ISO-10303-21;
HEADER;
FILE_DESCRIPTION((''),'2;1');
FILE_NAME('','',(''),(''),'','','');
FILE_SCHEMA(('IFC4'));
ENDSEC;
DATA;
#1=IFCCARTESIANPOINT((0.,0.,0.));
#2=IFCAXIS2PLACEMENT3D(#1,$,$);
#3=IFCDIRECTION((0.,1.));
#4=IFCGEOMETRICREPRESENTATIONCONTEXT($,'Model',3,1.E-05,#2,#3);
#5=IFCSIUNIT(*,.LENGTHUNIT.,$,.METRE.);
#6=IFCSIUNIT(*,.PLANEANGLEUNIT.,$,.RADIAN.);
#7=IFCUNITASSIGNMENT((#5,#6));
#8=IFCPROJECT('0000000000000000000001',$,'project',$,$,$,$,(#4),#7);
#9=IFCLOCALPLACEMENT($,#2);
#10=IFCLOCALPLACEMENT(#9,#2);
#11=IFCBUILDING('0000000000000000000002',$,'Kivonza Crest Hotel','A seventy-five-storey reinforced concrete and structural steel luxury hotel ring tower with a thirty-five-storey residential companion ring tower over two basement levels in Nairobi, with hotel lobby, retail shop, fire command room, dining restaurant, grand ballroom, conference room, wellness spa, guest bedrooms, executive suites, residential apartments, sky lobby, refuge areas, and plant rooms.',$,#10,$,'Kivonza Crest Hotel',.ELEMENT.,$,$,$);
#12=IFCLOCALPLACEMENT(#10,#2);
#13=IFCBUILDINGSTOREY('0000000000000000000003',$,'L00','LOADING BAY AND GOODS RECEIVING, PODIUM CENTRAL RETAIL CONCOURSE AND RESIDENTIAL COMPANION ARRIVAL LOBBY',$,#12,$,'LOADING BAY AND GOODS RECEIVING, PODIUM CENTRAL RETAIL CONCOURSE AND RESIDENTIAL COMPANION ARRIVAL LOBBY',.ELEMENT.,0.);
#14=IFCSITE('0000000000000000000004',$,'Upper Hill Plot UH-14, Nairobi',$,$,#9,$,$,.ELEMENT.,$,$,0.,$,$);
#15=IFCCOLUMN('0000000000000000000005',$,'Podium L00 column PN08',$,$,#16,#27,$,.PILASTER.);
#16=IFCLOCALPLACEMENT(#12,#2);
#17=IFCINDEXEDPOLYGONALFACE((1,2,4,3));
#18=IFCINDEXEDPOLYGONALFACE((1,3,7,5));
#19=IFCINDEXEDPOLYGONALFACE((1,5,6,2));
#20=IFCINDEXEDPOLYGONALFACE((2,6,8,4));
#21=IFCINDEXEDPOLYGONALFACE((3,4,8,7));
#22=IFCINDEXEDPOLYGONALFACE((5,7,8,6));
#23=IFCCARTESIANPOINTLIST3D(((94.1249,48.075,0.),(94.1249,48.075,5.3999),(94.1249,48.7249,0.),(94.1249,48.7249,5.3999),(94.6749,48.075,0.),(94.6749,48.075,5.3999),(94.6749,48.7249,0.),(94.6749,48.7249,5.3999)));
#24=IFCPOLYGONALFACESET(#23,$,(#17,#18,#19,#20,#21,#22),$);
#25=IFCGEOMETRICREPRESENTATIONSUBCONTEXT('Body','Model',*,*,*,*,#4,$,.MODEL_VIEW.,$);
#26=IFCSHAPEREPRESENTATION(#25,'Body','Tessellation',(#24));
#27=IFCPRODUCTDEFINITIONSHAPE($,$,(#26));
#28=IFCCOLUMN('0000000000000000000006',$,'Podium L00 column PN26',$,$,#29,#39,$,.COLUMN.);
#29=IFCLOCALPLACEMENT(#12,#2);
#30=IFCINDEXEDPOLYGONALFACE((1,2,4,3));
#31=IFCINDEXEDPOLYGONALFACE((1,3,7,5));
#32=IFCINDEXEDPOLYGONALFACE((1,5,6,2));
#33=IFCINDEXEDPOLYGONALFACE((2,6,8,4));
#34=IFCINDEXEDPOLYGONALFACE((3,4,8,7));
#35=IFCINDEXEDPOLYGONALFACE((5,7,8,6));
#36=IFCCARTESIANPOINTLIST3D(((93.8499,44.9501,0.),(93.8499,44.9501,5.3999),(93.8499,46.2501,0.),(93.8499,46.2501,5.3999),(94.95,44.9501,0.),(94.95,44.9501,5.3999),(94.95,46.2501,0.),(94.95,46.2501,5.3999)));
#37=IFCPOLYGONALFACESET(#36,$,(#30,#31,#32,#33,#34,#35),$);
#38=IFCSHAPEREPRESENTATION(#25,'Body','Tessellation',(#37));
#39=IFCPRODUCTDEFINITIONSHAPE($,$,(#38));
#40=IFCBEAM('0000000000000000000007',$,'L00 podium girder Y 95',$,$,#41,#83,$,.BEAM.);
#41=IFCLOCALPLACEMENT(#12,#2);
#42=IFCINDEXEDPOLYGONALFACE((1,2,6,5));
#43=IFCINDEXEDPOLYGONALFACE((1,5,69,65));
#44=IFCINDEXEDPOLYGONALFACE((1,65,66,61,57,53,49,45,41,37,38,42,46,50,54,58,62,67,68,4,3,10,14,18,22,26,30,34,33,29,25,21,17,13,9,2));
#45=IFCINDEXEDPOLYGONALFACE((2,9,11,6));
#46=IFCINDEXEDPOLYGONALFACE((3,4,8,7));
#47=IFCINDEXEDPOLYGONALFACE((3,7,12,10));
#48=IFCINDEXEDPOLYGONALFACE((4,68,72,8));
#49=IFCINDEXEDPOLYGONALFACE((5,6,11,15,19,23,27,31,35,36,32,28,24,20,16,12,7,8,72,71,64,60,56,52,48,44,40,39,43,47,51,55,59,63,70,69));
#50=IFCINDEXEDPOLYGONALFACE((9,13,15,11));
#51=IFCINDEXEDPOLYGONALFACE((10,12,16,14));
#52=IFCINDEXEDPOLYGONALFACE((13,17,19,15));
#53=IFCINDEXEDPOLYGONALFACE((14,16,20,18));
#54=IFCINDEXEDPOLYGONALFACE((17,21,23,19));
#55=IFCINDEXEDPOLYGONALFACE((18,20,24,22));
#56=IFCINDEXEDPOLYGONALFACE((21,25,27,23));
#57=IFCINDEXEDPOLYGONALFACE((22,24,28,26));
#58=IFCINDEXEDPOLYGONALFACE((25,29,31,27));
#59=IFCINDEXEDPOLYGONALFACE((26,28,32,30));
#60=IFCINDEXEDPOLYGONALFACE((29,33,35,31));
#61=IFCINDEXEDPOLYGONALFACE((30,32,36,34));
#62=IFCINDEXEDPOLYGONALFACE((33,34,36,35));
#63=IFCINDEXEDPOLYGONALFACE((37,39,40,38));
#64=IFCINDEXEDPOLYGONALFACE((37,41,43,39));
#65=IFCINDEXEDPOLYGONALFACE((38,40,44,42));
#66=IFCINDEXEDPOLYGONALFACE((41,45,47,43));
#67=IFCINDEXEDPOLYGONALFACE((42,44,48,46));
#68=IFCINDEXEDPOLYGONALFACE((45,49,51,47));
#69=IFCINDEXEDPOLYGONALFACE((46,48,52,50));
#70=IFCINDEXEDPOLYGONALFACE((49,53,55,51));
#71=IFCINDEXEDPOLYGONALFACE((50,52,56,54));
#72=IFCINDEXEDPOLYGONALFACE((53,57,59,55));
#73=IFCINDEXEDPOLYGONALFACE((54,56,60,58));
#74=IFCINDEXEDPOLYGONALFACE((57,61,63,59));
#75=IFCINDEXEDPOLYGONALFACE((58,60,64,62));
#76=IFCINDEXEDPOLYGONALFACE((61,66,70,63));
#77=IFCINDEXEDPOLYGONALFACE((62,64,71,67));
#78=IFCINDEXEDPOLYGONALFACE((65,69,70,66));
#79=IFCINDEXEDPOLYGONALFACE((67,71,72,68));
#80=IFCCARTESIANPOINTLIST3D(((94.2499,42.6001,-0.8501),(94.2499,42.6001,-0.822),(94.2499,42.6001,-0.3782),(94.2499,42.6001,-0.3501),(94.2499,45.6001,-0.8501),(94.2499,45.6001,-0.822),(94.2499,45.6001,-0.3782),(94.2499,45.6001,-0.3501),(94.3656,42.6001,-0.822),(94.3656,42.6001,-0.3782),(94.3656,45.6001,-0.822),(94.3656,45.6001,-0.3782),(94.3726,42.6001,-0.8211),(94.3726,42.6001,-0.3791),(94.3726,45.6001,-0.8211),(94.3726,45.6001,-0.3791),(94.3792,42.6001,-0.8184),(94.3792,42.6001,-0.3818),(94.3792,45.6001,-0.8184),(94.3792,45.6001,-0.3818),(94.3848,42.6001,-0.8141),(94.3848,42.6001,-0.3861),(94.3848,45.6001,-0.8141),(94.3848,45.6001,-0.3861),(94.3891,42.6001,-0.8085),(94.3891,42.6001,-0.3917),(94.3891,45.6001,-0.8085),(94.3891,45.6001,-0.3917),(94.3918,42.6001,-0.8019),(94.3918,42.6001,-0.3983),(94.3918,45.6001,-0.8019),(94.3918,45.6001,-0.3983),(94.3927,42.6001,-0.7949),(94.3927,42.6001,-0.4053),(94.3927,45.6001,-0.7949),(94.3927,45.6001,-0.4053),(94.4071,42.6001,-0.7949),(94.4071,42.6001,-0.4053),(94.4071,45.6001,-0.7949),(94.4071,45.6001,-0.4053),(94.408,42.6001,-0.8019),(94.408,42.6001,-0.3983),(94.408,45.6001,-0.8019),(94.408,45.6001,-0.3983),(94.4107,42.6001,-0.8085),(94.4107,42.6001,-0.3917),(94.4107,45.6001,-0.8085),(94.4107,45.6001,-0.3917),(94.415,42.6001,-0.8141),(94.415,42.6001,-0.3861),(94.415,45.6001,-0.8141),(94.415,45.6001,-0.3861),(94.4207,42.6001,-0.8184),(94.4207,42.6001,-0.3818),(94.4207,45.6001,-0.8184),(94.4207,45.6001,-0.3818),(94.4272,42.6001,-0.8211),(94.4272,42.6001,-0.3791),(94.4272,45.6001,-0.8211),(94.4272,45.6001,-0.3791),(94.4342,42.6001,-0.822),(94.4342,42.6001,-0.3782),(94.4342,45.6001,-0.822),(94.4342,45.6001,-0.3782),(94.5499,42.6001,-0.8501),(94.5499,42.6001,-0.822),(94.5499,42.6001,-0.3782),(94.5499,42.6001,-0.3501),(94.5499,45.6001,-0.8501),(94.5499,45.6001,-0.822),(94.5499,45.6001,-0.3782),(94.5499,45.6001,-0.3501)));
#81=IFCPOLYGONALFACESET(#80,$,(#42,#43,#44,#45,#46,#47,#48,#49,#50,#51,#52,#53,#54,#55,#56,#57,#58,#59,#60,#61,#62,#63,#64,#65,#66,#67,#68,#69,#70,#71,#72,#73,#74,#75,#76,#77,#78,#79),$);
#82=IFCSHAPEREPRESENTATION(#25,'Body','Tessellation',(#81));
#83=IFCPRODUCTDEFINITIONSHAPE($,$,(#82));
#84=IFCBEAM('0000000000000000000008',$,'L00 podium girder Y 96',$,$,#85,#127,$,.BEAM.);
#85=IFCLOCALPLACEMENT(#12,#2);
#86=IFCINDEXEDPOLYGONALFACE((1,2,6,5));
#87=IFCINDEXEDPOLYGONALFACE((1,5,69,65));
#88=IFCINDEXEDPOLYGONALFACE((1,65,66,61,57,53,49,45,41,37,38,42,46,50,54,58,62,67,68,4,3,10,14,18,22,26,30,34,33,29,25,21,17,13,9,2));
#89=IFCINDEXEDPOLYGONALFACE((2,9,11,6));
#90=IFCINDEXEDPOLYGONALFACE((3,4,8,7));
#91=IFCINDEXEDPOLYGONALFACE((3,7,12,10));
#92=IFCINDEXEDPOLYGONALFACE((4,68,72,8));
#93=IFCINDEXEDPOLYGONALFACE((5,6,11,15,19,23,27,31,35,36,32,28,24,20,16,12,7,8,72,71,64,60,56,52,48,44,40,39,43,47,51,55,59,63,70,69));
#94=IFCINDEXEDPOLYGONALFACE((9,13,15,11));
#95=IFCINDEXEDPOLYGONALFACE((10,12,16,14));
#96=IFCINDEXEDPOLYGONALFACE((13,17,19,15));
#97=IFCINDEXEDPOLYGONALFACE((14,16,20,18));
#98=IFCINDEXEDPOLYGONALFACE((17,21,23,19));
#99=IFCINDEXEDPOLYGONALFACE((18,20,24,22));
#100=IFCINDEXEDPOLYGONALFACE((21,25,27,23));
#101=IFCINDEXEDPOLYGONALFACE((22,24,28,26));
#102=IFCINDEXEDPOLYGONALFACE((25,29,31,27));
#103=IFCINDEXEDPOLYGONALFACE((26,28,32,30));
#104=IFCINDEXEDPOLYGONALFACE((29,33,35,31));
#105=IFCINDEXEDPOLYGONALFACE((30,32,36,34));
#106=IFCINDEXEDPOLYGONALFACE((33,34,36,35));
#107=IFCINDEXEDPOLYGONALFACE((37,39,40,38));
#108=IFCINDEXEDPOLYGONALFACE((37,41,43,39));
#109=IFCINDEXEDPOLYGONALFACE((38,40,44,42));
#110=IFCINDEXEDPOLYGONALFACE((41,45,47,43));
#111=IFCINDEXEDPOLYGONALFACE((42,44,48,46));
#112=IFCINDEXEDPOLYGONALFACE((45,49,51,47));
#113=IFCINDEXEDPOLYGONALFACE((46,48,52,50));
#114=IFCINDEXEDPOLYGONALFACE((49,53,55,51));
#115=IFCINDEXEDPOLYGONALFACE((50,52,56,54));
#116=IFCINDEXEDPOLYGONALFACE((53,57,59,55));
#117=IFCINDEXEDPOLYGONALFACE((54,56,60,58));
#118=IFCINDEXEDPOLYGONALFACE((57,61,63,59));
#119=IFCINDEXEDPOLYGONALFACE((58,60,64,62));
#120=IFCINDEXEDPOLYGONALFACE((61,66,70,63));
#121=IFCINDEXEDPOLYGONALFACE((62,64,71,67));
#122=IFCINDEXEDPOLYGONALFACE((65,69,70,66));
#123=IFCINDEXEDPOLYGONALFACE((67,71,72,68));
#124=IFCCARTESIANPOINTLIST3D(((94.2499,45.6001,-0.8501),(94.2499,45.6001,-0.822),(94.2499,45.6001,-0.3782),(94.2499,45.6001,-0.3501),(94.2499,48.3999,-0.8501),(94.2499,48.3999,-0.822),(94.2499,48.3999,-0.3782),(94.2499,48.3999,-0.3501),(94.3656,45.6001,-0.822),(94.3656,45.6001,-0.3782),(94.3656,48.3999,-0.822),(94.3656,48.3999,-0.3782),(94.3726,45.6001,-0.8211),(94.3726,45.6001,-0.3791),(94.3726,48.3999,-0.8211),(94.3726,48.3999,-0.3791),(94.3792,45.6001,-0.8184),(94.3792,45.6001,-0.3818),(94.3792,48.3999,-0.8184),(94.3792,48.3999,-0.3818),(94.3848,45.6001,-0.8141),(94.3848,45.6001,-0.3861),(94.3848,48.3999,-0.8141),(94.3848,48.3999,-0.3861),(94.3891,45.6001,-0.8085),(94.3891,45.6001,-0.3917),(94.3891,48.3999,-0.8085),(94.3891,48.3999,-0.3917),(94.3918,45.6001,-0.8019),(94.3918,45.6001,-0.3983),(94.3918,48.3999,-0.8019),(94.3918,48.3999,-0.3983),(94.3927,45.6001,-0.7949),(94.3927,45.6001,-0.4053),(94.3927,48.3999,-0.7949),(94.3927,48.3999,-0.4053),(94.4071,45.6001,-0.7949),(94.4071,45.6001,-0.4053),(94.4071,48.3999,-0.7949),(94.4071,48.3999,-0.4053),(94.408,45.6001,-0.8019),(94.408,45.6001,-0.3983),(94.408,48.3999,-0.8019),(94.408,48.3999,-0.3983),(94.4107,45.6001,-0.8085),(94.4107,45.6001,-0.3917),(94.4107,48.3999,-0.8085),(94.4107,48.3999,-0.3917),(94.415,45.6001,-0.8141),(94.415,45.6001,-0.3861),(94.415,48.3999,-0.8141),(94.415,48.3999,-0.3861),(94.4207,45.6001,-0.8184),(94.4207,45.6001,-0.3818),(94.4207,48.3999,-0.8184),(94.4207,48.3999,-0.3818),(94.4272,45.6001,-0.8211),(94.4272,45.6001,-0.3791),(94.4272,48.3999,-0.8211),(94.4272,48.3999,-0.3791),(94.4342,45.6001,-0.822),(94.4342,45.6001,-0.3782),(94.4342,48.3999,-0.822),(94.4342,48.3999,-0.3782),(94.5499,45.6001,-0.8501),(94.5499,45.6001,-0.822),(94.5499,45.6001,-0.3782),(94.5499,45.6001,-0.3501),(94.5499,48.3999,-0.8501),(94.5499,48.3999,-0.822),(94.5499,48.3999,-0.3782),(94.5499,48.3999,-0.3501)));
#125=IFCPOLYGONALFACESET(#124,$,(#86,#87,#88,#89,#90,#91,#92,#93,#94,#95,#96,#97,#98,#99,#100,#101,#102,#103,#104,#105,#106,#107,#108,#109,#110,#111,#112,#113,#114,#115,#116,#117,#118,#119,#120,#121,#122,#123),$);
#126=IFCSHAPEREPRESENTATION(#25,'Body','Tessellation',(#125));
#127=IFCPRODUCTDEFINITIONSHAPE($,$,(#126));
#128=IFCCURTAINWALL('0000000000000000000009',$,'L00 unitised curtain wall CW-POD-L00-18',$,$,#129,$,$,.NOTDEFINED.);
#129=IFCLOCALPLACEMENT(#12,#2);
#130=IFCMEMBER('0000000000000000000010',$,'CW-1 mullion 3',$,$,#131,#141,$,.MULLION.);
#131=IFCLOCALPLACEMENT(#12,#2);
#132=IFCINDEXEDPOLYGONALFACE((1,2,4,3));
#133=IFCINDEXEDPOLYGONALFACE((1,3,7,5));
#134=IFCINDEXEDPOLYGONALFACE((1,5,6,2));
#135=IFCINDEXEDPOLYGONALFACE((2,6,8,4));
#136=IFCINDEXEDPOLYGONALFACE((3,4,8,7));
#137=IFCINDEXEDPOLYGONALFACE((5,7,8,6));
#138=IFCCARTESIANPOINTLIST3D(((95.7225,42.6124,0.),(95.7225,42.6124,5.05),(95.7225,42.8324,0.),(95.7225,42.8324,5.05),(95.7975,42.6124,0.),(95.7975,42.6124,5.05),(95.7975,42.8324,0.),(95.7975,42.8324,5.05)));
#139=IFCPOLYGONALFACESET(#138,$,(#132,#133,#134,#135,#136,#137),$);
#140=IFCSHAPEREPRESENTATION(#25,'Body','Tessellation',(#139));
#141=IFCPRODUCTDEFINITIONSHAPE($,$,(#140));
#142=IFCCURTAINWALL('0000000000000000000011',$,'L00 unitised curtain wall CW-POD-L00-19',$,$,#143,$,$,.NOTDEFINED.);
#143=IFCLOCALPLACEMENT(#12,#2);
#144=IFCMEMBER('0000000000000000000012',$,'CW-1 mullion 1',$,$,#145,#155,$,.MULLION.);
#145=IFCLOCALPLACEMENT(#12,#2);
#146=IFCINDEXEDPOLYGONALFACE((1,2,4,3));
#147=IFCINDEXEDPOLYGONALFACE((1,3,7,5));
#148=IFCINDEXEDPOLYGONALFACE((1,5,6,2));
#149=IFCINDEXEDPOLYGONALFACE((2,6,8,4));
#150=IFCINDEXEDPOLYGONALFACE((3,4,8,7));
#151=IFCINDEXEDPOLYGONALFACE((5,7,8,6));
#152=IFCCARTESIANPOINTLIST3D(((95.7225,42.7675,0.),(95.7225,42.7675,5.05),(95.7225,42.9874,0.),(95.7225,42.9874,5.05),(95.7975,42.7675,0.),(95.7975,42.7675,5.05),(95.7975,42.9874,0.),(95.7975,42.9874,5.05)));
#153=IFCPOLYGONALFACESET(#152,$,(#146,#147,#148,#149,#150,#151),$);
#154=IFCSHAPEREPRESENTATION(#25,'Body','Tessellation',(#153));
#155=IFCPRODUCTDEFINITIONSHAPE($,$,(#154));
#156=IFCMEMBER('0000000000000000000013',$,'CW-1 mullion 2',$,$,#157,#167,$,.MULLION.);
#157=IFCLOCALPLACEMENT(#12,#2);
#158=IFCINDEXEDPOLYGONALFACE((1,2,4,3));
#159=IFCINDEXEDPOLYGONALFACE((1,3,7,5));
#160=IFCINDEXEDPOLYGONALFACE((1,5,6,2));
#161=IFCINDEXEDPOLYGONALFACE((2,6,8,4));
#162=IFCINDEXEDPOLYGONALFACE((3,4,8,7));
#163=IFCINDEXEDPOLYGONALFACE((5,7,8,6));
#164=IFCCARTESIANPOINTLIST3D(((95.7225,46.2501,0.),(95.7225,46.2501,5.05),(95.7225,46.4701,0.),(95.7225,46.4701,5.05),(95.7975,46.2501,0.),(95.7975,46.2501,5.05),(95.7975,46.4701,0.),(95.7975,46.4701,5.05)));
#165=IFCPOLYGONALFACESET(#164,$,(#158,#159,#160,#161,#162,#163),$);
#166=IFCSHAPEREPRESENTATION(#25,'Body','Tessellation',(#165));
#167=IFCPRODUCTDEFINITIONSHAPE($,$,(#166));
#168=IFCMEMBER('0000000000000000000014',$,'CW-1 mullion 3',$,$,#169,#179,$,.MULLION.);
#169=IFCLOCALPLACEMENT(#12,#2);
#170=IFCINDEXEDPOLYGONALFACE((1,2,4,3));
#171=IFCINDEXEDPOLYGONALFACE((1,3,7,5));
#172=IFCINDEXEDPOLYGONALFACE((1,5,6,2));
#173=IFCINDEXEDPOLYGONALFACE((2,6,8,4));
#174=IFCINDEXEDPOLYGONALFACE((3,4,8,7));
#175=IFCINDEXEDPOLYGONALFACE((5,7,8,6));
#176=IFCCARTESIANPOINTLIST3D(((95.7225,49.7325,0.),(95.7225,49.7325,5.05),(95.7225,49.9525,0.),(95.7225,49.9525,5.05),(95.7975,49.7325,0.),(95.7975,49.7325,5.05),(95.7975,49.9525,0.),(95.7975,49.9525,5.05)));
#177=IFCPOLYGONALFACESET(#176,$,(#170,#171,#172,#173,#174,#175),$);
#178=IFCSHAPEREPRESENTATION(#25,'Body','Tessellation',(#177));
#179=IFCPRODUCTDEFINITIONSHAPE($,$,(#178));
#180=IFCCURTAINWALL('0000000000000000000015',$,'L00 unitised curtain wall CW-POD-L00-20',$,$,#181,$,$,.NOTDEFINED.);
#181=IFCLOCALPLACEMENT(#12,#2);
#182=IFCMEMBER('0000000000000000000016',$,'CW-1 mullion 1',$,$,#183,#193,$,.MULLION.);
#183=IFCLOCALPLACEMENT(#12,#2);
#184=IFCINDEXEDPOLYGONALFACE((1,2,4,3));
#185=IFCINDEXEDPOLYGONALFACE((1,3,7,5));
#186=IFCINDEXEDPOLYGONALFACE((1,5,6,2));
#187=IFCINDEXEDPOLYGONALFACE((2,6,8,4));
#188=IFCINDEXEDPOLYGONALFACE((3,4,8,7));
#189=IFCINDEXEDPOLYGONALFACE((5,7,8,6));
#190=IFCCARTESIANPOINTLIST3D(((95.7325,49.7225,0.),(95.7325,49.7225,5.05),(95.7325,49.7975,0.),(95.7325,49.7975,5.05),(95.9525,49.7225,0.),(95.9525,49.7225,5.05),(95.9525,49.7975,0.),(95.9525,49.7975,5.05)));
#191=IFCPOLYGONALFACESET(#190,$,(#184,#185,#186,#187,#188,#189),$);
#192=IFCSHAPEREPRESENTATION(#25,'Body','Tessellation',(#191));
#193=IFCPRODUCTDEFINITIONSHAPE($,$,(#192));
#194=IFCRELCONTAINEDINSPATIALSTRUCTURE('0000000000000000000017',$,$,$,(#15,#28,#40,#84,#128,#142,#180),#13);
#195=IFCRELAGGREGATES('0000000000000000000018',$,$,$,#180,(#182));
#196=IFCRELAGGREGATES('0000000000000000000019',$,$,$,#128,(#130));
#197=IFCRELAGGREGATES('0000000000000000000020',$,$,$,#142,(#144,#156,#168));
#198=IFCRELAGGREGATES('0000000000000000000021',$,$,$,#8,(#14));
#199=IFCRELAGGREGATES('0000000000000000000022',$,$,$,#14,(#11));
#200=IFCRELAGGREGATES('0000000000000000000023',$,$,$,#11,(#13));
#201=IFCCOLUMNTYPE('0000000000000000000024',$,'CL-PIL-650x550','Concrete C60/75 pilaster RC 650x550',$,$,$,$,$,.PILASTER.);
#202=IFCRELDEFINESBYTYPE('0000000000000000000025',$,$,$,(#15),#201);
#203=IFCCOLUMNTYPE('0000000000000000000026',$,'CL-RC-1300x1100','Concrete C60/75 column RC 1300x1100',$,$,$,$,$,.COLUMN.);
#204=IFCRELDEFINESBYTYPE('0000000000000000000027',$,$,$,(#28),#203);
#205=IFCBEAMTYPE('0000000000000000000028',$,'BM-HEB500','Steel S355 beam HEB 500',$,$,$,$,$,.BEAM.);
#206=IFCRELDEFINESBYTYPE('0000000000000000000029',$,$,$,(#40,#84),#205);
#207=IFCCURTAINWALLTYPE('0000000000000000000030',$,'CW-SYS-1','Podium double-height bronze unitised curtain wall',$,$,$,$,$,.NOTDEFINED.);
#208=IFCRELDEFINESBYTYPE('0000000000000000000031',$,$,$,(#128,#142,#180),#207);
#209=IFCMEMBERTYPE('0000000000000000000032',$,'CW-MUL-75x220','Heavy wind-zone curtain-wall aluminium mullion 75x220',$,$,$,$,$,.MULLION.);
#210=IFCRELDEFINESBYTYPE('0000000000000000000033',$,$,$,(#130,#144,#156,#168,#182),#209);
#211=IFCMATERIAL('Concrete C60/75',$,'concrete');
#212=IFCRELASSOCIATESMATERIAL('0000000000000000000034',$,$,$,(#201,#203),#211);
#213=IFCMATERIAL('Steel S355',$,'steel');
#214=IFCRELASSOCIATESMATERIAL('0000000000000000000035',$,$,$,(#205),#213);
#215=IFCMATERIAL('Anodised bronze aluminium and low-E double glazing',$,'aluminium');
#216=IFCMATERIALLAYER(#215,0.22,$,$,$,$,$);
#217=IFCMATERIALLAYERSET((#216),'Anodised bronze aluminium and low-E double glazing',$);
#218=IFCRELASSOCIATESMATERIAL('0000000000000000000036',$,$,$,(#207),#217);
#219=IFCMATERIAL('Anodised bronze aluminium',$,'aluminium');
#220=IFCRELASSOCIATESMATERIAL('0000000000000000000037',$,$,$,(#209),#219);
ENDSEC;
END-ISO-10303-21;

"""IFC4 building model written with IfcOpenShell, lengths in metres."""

from ifc_helpers import new_model, si_unit, direction, frame, origin, origin_2d, place, context, subcontext, project, spatial, rectangle, i_section, extrude, material, layer, layer_set, material_profile, profile_set, type_object, element, aggregate, save


model = new_model("IFC4")

# Units and contexts
model_context = context("Model", 3, precision=1e-05, world=origin(), true_north=direction((0.0, 1.0)))
body_context = subcontext(model_context, "Body", "Model", "MODEL_VIEW")
ifc_project = project(units=[si_unit("LENGTHUNIT", "METRE"), si_unit("PLANEANGLEUNIT", "RADIAN")], contexts=[model_context])

# Site, building, storey
site_placement = place(None, origin())
site = spatial("IfcSite", under=ifc_project, at=site_placement, Name="Upper Hill Plot UH-14, Nairobi", CompositionType="ELEMENT", RefElevation=0.0)
building_placement = place(site_placement, origin())
building = spatial("IfcBuilding", under=site, at=building_placement, Name="Kivonza Crest Hotel", Description="A seventy-five-storey reinforced concrete and structural steel luxury hotel ring tower with a thirty-five-storey residential companion ring tower over two basement levels in Nairobi, with hotel lobby, retail shop, fire command room, dining restaurant, grand ballroom, conference room, wellness spa, guest bedrooms, executive suites, residential apartments, sky lobby, refuge areas, and plant rooms.", LongName="Kivonza Crest Hotel", CompositionType="ELEMENT")
storey_placement = place(building_placement, origin())
storey = spatial("IfcBuildingStorey", under=building, at=storey_placement, Name="L00", Description="LOADING BAY AND GOODS RECEIVING, PODIUM CENTRAL RETAIL CONCOURSE AND RESIDENTIAL COMPANION ARRIVAL LOBBY", LongName="LOADING BAY AND GOODS RECEIVING, PODIUM CENTRAL RETAIL CONCOURSE AND RESIDENTIAL COMPANION ARRIVAL LOBBY", CompositionType="ELEMENT", Elevation=0.0)

# Columns
ifc_material_1 = material(Name="Concrete C60/75", Category="concrete")
ifc_material_profile_1 = material_profile(ifc_material_1, rectangle(XDim=0.55, YDim=0.6499, at=origin_2d()), Name="RC 650x550")
ifc_profile_set_1 = profile_set([ifc_material_profile_1], Name="Concrete C60/75")
column_type_1 = type_object("IfcColumnType", Name="CL-PIL-650x550", Description="Concrete C60/75 pilaster RC 650x550", PredefinedType="PILASTER", material=ifc_profile_set_1)
column_1_placement = place(storey_placement, frame((94.3999, 48.3999, 0.0), z_axis=(0.0, 0.0, 1.0), x_axis=(1.0, 0.0, 0.0)))
element("IfcColumn", 1, at=column_1_placement, inside=storey, type_object=column_type_1, Name="Podium L00 column PN08", PredefinedType="PILASTER", context=body_context, shape_type="SweptSolid", body=[
    extrude(rectangle(XDim=0.55, YDim=0.6499, at=origin_2d()), origin(), (0.0, 0.0, 1.0), 5.3999),
])
ifc_material_profile_2 = material_profile(ifc_material_1, rectangle(XDim=1.1001, YDim=1.3, at=origin_2d()), Name="RC 1300x1100")
ifc_profile_set_2 = profile_set([ifc_material_profile_2], Name="Concrete C60/75")
column_type_2 = type_object("IfcColumnType", Name="CL-RC-1300x1100", Description="Concrete C60/75 column RC 1300x1100", PredefinedType="COLUMN", material=ifc_profile_set_2)
column_2_placement = place(storey_placement, frame((94.3999, 45.6001, 0.0), z_axis=(0.0, 0.0, 1.0), x_axis=(1.0, 0.0, 0.0)))
element("IfcColumn", 2, at=column_2_placement, inside=storey, type_object=column_type_2, Name="Podium L00 column PN26", PredefinedType="COLUMN", context=body_context, shape_type="SweptSolid", body=[
    extrude(rectangle(XDim=1.1001, YDim=1.3, at=origin_2d()), origin(), (0.0, 0.0, 1.0), 5.3999),
])

# Beams
ifc_material_2 = material(Name="Steel S355", Category="steel")
ifc_material_profile_3 = material_profile(ifc_material_2, i_section(OverallWidth=0.3, OverallDepth=0.5, WebThickness=0.0144, FlangeThickness=0.0281, FilletRadius=0.0271, at=origin_2d()), Name="HEB 500")
ifc_profile_set_3 = profile_set([ifc_material_profile_3], Name="Steel S355")
beam_type = type_object("IfcBeamType", Name="BM-HEB500", Description="Steel S355 beam HEB 500", PredefinedType="BEAM", material=ifc_profile_set_3)
beam_1_placement = place(storey_placement, frame((94.3999, 42.6001, -0.6001), z_axis=(0.0, 1.0, 0.0), x_axis=(-1.0, 0.0, 0.0)))
element("IfcBeam", 3, at=beam_1_placement, inside=storey, type_object=beam_type, Name="L00 podium girder Y 95", PredefinedType="BEAM", context=body_context, shape_type="SweptSolid", body=[
    extrude(i_section(OverallWidth=0.3, OverallDepth=0.5, WebThickness=0.0144, FlangeThickness=0.0281, FilletRadius=0.0271, at=origin_2d()), origin(), (0.0, 0.0, 1.0), 3.0),
])
beam_2_placement = place(storey_placement, frame((94.3999, 45.6001, -0.6001), z_axis=(0.0, 1.0, 0.0), x_axis=(-1.0, 0.0, 0.0)))
element("IfcBeam", 4, at=beam_2_placement, inside=storey, type_object=beam_type, Name="L00 podium girder Y 96", PredefinedType="BEAM", context=body_context, shape_type="SweptSolid", body=[
    extrude(i_section(OverallWidth=0.3, OverallDepth=0.5, WebThickness=0.0144, FlangeThickness=0.0281, FilletRadius=0.0271, at=origin_2d()), origin(), (0.0, 0.0, 1.0), 2.7998),
])

# Curtain wall, member
ifc_material_3 = material(Name="Anodised bronze aluminium and low-E double glazing", Category="aluminium")
ifc_layer_1 = layer(ifc_material_3, 0.22)
ifc_layer_set_1 = layer_set([ifc_layer_1], Name="Anodised bronze aluminium and low-E double glazing")
curtain_wall_type = type_object("IfcCurtainWallType", Name="CW-SYS-1", Description="Podium double-height bronze unitised curtain wall", PredefinedType="NOTDEFINED", material=ifc_layer_set_1)
curtain_wall_1_placement = place(storey_placement, origin())
curtain_wall_1 = element("IfcCurtainWall", 5, at=curtain_wall_1_placement, inside=storey, type_object=curtain_wall_type, Name="L00 unitised curtain wall CW-POD-L00-18", PredefinedType="NOTDEFINED")
ifc_material_4 = material(Name="Anodised bronze aluminium", Category="aluminium")
ifc_material_profile_4 = material_profile(ifc_material_4, rectangle(XDim=0.075, YDim=0.22, at=origin_2d()), Name="CW-M 75x220")
ifc_profile_set_4 = profile_set([ifc_material_profile_4], Name="Anodised bronze aluminium")
member_type_1 = type_object("IfcMemberType", Name="CW-MUL-75x220", Description="Heavy wind-zone curtain-wall aluminium mullion 75x220", PredefinedType="MULLION", material=ifc_profile_set_4)
member_1_placement = place(storey_placement, frame((95.76, 42.7224, 0.0), z_axis=(0.0, 0.0, 1.0), x_axis=(-1.0, 0.0, 0.0)))
member_1 = element("IfcMember", 6, at=member_1_placement, type_object=member_type_1, Name="CW-1 mullion 3", PredefinedType="MULLION", context=body_context, shape_type="SweptSolid", body=[
    extrude(rectangle(XDim=0.075, YDim=0.22, at=origin_2d()), origin(), (0.0, 0.0, 1.0), 5.05),
])

# Curtain wall, members
curtain_wall_2_placement = place(storey_placement, origin())
curtain_wall_2 = element("IfcCurtainWall", 7, at=curtain_wall_2_placement, inside=storey, type_object=curtain_wall_type, Name="L00 unitised curtain wall CW-POD-L00-19", PredefinedType="NOTDEFINED")
member_2_placement = place(storey_placement, frame((95.76, 42.8774, 0.0), z_axis=(0.0, 0.0, 1.0), x_axis=(-1.0, 0.0, 0.0)))
member_2 = element("IfcMember", 8, at=member_2_placement, type_object=member_type_1, Name="CW-1 mullion 1", PredefinedType="MULLION", context=body_context, shape_type="SweptSolid", body=[
    extrude(rectangle(XDim=0.075, YDim=0.22, at=origin_2d()), origin(), (0.0, 0.0, 1.0), 5.05),
])
member_3_placement = place(storey_placement, frame((95.76, 46.3601, 0.0), z_axis=(0.0, 0.0, 1.0), x_axis=(-1.0, 0.0, 0.0)))
member_3 = element("IfcMember", 9, at=member_3_placement, type_object=member_type_1, Name="CW-1 mullion 2", PredefinedType="MULLION", context=body_context, shape_type="SweptSolid", body=[
    extrude(rectangle(XDim=0.075, YDim=0.22, at=origin_2d()), origin(), (0.0, 0.0, 1.0), 5.05),
])
member_4_placement = place(storey_placement, frame((95.76, 49.8425, 0.0), z_axis=(0.0, 0.0, 1.0), x_axis=(-1.0, 0.0, 0.0)))
member_4 = element("IfcMember", 10, at=member_4_placement, type_object=member_type_1, Name="CW-1 mullion 3", PredefinedType="MULLION", context=body_context, shape_type="SweptSolid", body=[
    extrude(rectangle(XDim=0.075, YDim=0.22, at=origin_2d()), origin(), (0.0, 0.0, 1.0), 5.05),
])

# Curtain wall, member
curtain_wall_3_placement = place(storey_placement, origin())
curtain_wall_3 = element("IfcCurtainWall", 11, at=curtain_wall_3_placement, inside=storey, type_object=curtain_wall_type, Name="L00 unitised curtain wall CW-POD-L00-20", PredefinedType="NOTDEFINED")
member_5_placement = place(storey_placement, frame((95.8425, 49.76, 0.0), z_axis=(0.0, 0.0, 1.0), x_axis=(0.0, -1.0, 0.0)))
member_5 = element("IfcMember", 12, at=member_5_placement, type_object=member_type_1, Name="CW-1 mullion 1", PredefinedType="MULLION", context=body_context, shape_type="SweptSolid", body=[
    extrude(rectangle(XDim=0.075, YDim=0.22, at=origin_2d()), origin(), (0.0, 0.0, 1.0), 5.05),
])

aggregate(curtain_wall_3, [member_5])

aggregate(curtain_wall_1, [member_1])
aggregate(curtain_wall_2, [member_2, member_3, member_4])

save(model, "model.ifc")
